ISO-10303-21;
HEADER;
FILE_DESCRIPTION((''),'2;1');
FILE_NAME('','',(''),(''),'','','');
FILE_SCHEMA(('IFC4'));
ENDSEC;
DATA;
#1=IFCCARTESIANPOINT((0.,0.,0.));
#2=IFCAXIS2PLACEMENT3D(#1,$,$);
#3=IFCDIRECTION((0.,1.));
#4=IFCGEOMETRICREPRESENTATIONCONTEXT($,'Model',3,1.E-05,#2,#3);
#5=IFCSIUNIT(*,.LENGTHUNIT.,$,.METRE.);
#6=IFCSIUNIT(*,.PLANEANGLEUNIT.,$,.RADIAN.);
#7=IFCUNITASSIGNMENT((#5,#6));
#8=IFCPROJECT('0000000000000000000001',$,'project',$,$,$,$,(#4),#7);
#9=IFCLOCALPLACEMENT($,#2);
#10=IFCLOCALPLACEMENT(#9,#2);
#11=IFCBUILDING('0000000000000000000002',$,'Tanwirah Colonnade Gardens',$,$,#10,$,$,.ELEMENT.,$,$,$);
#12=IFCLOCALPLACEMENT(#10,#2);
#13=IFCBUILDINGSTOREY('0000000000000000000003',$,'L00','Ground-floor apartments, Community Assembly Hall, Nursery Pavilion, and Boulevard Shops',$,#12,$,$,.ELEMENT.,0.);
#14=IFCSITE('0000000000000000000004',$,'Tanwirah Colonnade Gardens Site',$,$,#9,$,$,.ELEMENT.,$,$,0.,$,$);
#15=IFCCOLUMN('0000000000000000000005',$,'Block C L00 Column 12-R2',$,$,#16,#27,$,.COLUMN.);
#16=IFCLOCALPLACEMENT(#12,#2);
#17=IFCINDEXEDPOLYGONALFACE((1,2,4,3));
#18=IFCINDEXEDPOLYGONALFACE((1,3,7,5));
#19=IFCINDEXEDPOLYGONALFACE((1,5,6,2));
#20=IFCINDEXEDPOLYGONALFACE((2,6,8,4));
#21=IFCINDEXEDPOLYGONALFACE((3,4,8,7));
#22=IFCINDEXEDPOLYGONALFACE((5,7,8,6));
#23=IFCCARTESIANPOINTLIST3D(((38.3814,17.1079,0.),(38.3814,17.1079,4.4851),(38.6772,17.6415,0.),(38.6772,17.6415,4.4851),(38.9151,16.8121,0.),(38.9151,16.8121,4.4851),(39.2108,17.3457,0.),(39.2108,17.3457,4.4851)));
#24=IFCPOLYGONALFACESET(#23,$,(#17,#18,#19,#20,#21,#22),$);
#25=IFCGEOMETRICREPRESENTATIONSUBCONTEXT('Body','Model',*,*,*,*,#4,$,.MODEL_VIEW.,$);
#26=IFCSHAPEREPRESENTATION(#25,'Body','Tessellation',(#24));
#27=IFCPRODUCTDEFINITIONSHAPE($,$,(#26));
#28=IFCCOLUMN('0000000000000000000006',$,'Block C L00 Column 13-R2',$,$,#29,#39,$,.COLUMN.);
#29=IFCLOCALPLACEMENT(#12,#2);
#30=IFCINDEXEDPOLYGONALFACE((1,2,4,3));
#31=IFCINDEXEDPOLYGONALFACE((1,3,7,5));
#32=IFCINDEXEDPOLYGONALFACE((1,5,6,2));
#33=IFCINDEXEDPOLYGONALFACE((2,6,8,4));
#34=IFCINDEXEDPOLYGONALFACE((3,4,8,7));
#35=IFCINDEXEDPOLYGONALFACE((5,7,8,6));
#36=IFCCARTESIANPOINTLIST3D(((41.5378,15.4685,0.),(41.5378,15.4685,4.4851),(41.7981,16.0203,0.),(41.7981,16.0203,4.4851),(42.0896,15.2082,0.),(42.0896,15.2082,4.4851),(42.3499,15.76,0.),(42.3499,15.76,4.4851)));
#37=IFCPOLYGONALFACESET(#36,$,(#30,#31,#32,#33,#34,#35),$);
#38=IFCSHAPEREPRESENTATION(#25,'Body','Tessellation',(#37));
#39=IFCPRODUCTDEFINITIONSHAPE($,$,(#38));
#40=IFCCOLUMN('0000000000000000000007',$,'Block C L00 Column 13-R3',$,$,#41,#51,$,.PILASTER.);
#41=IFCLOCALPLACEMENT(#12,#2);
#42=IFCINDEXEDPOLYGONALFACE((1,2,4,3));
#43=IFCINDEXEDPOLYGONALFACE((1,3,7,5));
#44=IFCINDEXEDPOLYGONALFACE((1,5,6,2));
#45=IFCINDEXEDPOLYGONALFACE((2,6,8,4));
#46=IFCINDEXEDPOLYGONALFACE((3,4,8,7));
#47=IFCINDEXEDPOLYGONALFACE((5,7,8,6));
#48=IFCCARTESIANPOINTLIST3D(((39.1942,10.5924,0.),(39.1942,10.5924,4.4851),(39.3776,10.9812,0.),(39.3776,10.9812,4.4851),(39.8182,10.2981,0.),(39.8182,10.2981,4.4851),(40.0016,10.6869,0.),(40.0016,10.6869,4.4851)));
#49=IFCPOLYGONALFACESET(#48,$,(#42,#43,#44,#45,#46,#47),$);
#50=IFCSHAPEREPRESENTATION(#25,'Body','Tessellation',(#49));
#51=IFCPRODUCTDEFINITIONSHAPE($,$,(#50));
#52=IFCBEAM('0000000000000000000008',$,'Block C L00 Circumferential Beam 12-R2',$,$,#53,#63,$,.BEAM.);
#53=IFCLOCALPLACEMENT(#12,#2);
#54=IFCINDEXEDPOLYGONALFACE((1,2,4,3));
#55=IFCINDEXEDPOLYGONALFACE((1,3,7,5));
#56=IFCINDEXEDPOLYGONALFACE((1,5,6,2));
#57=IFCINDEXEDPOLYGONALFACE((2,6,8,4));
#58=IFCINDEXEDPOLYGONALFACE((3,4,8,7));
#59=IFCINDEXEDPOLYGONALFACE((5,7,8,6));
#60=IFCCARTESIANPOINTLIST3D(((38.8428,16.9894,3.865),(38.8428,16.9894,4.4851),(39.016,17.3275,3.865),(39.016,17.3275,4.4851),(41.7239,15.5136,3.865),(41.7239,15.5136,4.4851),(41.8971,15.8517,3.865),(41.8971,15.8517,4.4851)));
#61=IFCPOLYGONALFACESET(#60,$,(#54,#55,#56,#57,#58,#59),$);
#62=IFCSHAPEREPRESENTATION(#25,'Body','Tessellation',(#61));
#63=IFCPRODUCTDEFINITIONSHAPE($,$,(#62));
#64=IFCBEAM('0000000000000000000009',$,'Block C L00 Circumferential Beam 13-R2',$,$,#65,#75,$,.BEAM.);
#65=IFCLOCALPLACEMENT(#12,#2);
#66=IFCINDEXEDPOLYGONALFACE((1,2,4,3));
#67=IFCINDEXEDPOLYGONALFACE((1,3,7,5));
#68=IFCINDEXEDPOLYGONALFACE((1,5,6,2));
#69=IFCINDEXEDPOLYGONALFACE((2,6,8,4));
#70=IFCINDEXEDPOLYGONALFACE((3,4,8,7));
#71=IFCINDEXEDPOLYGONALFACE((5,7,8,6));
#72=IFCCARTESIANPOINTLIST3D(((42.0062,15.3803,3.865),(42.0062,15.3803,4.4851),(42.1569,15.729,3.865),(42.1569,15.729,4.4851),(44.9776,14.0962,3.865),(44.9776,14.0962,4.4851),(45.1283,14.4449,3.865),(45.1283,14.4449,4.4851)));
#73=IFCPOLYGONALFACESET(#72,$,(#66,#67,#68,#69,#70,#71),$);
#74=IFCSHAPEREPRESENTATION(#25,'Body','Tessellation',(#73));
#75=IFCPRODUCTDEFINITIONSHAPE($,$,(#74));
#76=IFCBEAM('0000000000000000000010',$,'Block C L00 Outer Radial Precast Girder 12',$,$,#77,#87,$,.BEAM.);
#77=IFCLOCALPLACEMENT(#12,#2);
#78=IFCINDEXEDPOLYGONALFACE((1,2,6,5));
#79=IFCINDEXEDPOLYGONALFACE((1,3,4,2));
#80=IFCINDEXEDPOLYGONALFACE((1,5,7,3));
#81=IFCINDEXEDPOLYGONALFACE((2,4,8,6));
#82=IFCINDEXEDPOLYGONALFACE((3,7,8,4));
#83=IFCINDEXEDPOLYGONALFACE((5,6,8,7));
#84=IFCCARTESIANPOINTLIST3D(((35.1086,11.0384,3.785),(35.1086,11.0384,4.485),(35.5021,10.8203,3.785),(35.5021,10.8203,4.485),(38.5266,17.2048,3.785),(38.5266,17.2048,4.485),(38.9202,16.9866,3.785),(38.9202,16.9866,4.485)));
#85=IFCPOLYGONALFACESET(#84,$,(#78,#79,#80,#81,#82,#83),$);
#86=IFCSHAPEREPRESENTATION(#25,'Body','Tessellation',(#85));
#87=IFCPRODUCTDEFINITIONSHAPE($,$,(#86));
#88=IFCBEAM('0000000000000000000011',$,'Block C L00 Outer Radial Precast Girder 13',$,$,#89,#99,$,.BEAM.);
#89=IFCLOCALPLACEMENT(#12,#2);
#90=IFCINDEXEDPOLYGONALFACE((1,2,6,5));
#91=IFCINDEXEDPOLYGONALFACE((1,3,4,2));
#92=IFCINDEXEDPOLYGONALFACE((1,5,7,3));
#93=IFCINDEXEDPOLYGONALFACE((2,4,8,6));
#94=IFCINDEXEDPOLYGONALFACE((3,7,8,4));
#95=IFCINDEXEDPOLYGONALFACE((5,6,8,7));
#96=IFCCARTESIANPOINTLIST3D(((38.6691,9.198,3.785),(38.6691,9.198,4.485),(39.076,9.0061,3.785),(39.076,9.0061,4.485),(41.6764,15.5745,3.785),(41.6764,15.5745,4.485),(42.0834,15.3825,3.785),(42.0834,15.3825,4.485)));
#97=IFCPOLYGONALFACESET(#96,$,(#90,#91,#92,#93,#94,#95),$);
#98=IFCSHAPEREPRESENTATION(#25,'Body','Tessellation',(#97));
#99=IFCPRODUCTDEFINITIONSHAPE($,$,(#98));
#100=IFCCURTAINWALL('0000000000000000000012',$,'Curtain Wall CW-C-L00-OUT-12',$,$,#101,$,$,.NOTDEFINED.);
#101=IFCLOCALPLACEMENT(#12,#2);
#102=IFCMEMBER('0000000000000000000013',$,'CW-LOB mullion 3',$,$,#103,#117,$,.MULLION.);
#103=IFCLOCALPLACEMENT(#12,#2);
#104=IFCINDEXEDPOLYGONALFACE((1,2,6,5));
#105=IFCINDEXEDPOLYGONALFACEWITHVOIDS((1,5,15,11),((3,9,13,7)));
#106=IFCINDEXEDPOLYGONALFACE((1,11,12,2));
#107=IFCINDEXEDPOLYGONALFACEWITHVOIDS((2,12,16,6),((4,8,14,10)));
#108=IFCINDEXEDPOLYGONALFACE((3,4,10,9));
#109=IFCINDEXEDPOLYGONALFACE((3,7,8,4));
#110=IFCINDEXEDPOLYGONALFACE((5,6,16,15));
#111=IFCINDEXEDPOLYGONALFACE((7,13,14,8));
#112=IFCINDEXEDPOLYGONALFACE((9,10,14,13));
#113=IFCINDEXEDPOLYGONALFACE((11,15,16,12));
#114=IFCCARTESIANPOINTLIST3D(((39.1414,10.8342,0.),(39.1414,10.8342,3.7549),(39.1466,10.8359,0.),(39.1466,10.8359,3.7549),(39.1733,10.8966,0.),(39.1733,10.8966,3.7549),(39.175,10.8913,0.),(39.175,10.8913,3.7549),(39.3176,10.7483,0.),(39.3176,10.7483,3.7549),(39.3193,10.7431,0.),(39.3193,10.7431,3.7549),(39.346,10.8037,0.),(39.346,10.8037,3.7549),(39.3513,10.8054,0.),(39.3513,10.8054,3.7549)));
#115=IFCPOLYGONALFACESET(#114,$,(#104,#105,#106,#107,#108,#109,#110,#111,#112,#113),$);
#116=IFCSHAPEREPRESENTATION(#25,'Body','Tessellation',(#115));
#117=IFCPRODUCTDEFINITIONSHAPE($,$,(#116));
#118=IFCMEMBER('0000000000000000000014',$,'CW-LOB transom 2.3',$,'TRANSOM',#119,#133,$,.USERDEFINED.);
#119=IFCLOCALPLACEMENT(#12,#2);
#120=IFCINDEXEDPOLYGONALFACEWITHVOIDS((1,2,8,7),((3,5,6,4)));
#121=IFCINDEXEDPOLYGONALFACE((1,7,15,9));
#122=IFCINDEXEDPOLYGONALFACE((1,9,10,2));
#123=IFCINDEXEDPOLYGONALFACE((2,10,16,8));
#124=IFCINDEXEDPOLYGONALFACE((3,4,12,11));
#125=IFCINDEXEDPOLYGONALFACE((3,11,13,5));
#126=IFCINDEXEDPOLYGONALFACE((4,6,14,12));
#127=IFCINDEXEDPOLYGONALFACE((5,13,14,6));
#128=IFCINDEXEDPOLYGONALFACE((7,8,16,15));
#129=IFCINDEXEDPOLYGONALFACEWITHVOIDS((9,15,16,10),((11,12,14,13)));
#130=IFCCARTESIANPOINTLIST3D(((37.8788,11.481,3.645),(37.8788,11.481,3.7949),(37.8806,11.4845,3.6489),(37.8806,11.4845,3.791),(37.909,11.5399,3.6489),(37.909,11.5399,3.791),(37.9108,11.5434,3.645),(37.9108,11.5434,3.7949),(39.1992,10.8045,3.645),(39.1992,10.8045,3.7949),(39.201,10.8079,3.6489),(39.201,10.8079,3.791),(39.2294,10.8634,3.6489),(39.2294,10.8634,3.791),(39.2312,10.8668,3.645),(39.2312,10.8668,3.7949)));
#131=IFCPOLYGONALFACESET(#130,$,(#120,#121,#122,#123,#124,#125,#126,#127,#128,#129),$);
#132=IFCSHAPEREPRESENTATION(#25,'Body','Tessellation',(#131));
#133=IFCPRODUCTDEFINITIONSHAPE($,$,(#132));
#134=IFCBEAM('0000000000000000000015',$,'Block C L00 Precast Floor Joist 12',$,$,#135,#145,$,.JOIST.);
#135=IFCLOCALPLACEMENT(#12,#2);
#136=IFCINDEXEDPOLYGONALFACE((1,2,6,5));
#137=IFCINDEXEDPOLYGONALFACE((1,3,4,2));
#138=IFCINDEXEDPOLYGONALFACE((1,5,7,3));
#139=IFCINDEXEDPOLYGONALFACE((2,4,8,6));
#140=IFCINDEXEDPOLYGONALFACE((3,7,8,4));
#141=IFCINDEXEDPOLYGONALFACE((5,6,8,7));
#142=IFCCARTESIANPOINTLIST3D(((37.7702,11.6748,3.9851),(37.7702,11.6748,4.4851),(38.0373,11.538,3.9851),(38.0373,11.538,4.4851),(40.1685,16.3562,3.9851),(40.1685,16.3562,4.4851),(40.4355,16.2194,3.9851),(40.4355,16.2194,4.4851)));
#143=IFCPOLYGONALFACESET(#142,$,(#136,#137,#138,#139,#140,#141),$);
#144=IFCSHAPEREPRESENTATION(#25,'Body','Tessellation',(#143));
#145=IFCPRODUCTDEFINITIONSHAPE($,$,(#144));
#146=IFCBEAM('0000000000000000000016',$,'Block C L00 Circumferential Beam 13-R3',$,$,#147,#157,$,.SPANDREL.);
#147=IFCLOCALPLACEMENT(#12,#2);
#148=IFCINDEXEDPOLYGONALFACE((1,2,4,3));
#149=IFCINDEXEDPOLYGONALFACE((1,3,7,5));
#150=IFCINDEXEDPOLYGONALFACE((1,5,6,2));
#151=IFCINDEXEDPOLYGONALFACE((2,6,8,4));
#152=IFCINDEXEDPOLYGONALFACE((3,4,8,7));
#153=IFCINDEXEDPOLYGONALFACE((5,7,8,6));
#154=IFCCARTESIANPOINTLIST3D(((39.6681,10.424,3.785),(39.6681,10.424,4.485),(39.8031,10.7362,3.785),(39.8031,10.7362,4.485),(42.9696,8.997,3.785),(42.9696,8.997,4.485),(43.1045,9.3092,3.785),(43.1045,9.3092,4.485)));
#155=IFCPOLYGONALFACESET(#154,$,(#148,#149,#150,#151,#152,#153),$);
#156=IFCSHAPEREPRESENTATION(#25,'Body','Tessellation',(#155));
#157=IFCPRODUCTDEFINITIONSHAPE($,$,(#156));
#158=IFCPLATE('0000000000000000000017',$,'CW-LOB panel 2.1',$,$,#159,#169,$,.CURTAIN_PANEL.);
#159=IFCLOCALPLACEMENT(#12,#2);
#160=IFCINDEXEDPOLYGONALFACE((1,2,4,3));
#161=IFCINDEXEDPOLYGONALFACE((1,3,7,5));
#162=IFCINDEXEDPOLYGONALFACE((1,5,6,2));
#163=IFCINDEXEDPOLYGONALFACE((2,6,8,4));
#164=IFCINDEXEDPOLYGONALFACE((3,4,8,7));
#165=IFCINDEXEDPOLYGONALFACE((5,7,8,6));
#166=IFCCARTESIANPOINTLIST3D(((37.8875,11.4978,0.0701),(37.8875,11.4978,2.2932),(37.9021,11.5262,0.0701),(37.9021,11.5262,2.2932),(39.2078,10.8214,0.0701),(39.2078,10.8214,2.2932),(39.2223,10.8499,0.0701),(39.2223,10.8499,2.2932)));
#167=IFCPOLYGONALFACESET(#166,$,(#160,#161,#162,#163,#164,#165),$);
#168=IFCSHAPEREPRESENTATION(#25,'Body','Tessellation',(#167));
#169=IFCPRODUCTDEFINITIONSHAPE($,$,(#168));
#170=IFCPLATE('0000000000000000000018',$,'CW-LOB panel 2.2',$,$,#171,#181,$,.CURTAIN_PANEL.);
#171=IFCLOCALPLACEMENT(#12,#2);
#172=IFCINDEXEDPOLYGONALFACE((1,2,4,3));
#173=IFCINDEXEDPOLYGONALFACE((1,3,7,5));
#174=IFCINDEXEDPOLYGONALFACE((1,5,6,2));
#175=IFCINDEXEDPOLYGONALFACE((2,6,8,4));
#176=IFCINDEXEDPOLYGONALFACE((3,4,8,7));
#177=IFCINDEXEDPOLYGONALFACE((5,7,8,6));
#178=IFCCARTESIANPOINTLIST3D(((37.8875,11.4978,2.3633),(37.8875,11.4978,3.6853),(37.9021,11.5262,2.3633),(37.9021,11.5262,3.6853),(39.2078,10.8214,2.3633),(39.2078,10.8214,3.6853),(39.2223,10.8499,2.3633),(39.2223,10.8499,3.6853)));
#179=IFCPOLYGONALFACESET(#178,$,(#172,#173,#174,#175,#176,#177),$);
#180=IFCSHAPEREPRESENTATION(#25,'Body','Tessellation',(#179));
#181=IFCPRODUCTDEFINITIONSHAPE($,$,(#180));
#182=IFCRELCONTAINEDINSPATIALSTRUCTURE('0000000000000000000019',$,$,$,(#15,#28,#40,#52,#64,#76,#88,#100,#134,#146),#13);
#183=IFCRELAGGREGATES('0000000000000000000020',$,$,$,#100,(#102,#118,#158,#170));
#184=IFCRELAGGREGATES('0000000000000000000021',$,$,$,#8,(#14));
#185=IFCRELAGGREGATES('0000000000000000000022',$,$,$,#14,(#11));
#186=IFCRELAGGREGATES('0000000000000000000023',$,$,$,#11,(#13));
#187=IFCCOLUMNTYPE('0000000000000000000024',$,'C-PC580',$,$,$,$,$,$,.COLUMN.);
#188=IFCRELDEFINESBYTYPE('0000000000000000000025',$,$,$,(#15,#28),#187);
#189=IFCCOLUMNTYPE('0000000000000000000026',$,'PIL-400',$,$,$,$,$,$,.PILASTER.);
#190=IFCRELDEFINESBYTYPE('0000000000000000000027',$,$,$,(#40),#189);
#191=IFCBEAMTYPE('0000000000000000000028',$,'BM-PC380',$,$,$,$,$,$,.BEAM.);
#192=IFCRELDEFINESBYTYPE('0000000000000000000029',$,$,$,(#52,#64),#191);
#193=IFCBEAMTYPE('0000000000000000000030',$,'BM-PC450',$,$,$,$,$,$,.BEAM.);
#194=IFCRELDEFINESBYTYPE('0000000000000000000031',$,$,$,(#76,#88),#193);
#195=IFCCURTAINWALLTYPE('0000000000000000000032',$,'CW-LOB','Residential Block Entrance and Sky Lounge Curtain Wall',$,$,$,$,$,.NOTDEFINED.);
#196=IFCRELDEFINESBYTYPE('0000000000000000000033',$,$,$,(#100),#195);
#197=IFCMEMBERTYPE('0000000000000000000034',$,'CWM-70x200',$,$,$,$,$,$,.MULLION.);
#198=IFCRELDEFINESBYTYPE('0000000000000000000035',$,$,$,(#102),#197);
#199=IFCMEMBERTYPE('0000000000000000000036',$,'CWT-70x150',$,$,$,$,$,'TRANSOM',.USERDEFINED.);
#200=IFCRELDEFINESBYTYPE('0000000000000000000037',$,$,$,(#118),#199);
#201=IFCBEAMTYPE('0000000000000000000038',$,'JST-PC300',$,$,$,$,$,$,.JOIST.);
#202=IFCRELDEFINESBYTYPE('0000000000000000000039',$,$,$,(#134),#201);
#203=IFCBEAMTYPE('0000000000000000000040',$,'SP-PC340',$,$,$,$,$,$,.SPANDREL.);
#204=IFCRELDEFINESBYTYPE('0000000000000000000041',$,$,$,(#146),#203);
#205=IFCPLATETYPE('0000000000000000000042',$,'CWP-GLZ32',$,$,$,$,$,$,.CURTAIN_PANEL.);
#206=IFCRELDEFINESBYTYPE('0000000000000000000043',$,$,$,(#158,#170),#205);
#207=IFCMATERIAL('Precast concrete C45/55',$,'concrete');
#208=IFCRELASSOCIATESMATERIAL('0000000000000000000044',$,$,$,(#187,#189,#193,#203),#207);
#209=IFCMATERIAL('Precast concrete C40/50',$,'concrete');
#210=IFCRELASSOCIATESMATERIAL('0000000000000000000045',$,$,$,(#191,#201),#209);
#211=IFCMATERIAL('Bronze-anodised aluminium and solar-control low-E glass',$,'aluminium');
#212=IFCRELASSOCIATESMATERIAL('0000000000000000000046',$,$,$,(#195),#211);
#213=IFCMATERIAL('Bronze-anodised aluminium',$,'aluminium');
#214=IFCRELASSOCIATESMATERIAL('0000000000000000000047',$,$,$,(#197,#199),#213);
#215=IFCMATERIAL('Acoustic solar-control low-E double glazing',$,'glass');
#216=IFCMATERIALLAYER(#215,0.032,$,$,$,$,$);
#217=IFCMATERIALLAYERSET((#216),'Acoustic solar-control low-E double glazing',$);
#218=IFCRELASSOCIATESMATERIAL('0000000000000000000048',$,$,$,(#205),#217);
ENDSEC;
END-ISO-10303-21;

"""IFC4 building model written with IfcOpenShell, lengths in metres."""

from ifc_helpers import new_model, si_unit, direction, frame, origin, origin_2d, place, context, subcontext, project, spatial, rectangle, hollow_rectangle, extrude, material, layer, layer_set, material_profile, profile_set, type_object, element, aggregate, save


model = new_model("IFC4")

# Units and contexts
model_context = context("Model", 3, precision=1e-05, world=origin(), true_north=direction((0.0, 1.0)))
body_context = subcontext(model_context, "Body", "Model", "MODEL_VIEW")
ifc_project = project(units=[si_unit("LENGTHUNIT", "METRE"), si_unit("PLANEANGLEUNIT", "RADIAN")], contexts=[model_context])

# Site, building, storey
site_placement = place(None, origin())
site = spatial("IfcSite", under=ifc_project, at=site_placement, Name="Tanwirah Colonnade Gardens Site", CompositionType="ELEMENT", RefElevation=0.0)
building_placement = place(site_placement, origin())
building = spatial("IfcBuilding", under=site, at=building_placement, Name="Tanwirah Colonnade Gardens", CompositionType="ELEMENT")
storey_placement = place(building_placement, origin())
storey = spatial("IfcBuildingStorey", under=building, at=storey_placement, Name="L00", Description="Ground-floor apartments, Community Assembly Hall, Nursery Pavilion, and Boulevard Shops", CompositionType="ELEMENT", Elevation=0.0)

# Columns
ifc_material_1 = material(Name="Precast concrete C45/55", Category="concrete")
ifc_material_profile_1 = material_profile(ifc_material_1, rectangle(XDim=0.6101, YDim=0.6101, at=origin_2d()), Name="PC-COL 610x610")
ifc_profile_set_1 = profile_set([ifc_material_profile_1], Name="Precast concrete C45/55")
column_type_1 = type_object("IfcColumnType", Name="C-PC580", PredefinedType="COLUMN", material=ifc_profile_set_1)
for number, where, z_axis, x_axis, name in (
    (1, (38.7961, 17.2268, 0.0), (0.0, 0.0, 1.0), (-0.48481, -0.87462, 0.0), "Block C L00 Column 12-R2"),
    (2, (41.9438, 15.6143, 0.0), (0.0, 0.0, 1.0), (-0.426569, -0.904455, 0.0), "Block C L00 Column 13-R2"),
):
    element("IfcColumn", number, at=place(storey_placement, frame(where, z_axis=z_axis, x_axis=x_axis)), inside=storey, type_object=column_type_1, Name=name, PredefinedType="COLUMN", context=body_context, shape_type="SweptSolid", body=[
        extrude(rectangle(XDim=0.6101, YDim=0.6101, at=origin_2d()), origin(), (0.0, 0.0, 1.0), 4.4851),
    ])
ifc_material_profile_2 = material_profile(ifc_material_1, rectangle(XDim=0.4299, YDim=0.6899, at=origin_2d()), Name="PC-PIL 430x690")
ifc_profile_set_2 = profile_set([ifc_material_profile_2], Name="Precast concrete C45/55")
column_type_2 = type_object("IfcColumnType", Name="PIL-400", PredefinedType="PILASTER", material=ifc_profile_set_2)
column_placement = place(storey_placement, frame((39.5979, 10.6396, 0.0), z_axis=(0.0, 0.0, 1.0), x_axis=(-0.426569, -0.904455, 0.0)))
element("IfcColumn", 3, at=column_placement, inside=storey, type_object=column_type_2, Name="Block C L00 Column 13-R3", PredefinedType="PILASTER", context=body_context, shape_type="SweptSolid", body=[
    extrude(rectangle(XDim=0.4299, YDim=0.6899, at=origin_2d()), origin(), (0.0, 0.0, 1.0), 4.4851),
])

# Beams
ifc_material_2 = material(Name="Precast concrete C40/50", Category="concrete")
ifc_material_profile_3 = material_profile(ifc_material_2, rectangle(XDim=0.3799, YDim=0.6201, at=origin_2d()), Name="PC-BM 380x620")
ifc_profile_set_3 = profile_set([ifc_material_profile_3], Name="Precast concrete C40/50")
beam_type_1 = type_object("IfcBeamType", Name="BM-PC380", PredefinedType="BEAM", material=ifc_profile_set_3)
for number, where, z_axis, x_axis, name in (
    (4, (38.9294, 17.1584, 4.175), (0.890025, -0.455911, 0.0), (0.455911, 0.890025, 0.0), "Block C L00 Circumferential Beam 12-R2"),
    (5, (42.0815, 15.5547, 4.175), (0.917943, -0.396712, 0.0), (0.396712, 0.917943, 0.0), "Block C L00 Circumferential Beam 13-R2"),
):
    element("IfcBeam", number, at=place(storey_placement, frame(where, z_axis=z_axis, x_axis=x_axis)), inside=storey, type_object=beam_type_1, Name=name, PredefinedType="BEAM", context=body_context, shape_type="SweptSolid", body=[
        extrude(rectangle(XDim=0.3799, YDim=0.6201, at=origin_2d()), origin(), (0.0, 0.0, 1.0), 3.2371),
    ])
ifc_material_profile_4 = material_profile(ifc_material_1, rectangle(XDim=0.45, YDim=0.7, at=origin_2d()), Name="PC-BM 450x700")
ifc_profile_set_4 = profile_set([ifc_material_profile_4], Name="Precast concrete C45/55")
beam_type_2 = type_object("IfcBeamType", Name="BM-PC450", PredefinedType="BEAM", material=ifc_profile_set_4)
beam_1_placement = place(storey_placement, frame((38.7234, 17.0957, 4.135), z_axis=(-0.484805, -0.874622, 0.0), x_axis=(0.874622, -0.484805, 0.0)))
element("IfcBeam", 6, at=beam_1_placement, inside=storey, type_object=beam_type_2, Name="Block C L00 Outer Radial Precast Girder 12", PredefinedType="BEAM", context=body_context, shape_type="SweptSolid", body=[
    extrude(rectangle(XDim=0.45, YDim=0.7, at=origin_2d()), origin(), (0.0, 0.0, 1.0), 7.0503),
])
beam_2_placement = place(storey_placement, frame((41.8799, 15.4785, 4.135), z_axis=(-0.426567, -0.904456, 0.0), x_axis=(0.904456, -0.426567, 0.0)))
element("IfcBeam", 7, at=beam_2_placement, inside=storey, type_object=beam_type_2, Name="Block C L00 Outer Radial Precast Girder 13", PredefinedType="BEAM", context=body_context, shape_type="SweptSolid", body=[
    extrude(rectangle(XDim=0.45, YDim=0.7, at=origin_2d()), origin(), (0.0, 0.0, 1.0), 7.05),
])

# Curtain wall, members
ifc_material_3 = material(Name="Bronze-anodised aluminium and solar-control low-E glass", Category="aluminium")
curtain_wall_type = type_object("IfcCurtainWallType", Name="CW-LOB", Description="Residential Block Entrance and Sky Lounge Curtain Wall", PredefinedType="NOTDEFINED", material=ifc_material_3)
curtain_wall_placement = place(storey_placement, origin())
curtain_wall = element("IfcCurtainWall", 8, at=curtain_wall_placement, inside=storey, type_object=curtain_wall_type, Name="Curtain Wall CW-C-L00-OUT-12", PredefinedType="NOTDEFINED")
ifc_material_4 = material(Name="Bronze-anodised aluminium", Category="aluminium")
ifc_material_profile_5 = material_profile(ifc_material_4, hollow_rectangle(XDim=0.0701, YDim=0.2, WallThickness=0.0039, at=origin_2d()), Name="CW-MUL 70x200x4")
ifc_profile_set_5 = profile_set([ifc_material_profile_5], Name="Bronze-anodised aluminium")
member_type_1 = type_object("IfcMemberType", Name="CWM-70x200", PredefinedType="MULLION", material=ifc_profile_set_5)
member_1_placement = place(storey_placement, frame((39.2463, 10.8198, 0.0), z_axis=(0.0, 0.0, 1.0), x_axis=(0.455933, 0.890014, 0.0)))
member_1 = element("IfcMember", 9, at=member_1_placement, type_object=member_type_1, Name="CW-LOB mullion 3", PredefinedType="MULLION", context=body_context, shape_type="SweptSolid", body=[
    extrude(hollow_rectangle(XDim=0.0701, YDim=0.2, WallThickness=0.0039, at=origin_2d()), origin(), (0.0, 0.0, 1.0), 3.7549),
])
ifc_material_profile_6 = material_profile(ifc_material_4, hollow_rectangle(XDim=0.0701, YDim=0.1499, WallThickness=0.0039, at=origin_2d()), Name="CW-TRN 70x150x4")
ifc_profile_set_6 = profile_set([ifc_material_profile_6], Name="Bronze-anodised aluminium")
member_type_2 = type_object("IfcMemberType", Name="CWT-70x150", ElementType="TRANSOM", PredefinedType="USERDEFINED", material=ifc_profile_set_6)
member_2_placement = place(storey_placement, frame((37.8948, 11.5122, 3.72), z_axis=(0.889973, -0.456013, 0.0), x_axis=(0.456013, 0.889973, 0.0)))
member_2 = element("IfcMember", 10, at=member_2_placement, type_object=member_type_2, Name="CW-LOB transom 2.3", ObjectType="TRANSOM", PredefinedType="USERDEFINED", context=body_context, shape_type="SweptSolid", body=[
    extrude(hollow_rectangle(XDim=0.0701, YDim=0.1499, WallThickness=0.0039, at=origin_2d()), origin(), (0.0, 0.0, 1.0), 1.4836),
])

# Beams
ifc_material_profile_7 = material_profile(ifc_material_2, rectangle(XDim=0.3, YDim=0.5, at=origin_2d()), Name="PC-JST 300x500")
ifc_profile_set_7 = profile_set([ifc_material_profile_7], Name="Precast concrete C40/50")
beam_type_3 = type_object("IfcBeamType", Name="JST-PC300", PredefinedType="JOIST", material=ifc_profile_set_7)
beam_3_placement = place(storey_placement, frame((40.302, 16.2878, 4.2351), z_axis=(-0.455937, -0.890012, 0.0), x_axis=(0.890012, -0.455937, 0.0)))
element("IfcBeam", 11, at=beam_3_placement, inside=storey, type_object=beam_type_3, Name="Block C L00 Precast Floor Joist 12", PredefinedType="JOIST", context=body_context, shape_type="SweptSolid", body=[
    extrude(rectangle(XDim=0.3, YDim=0.5, at=origin_2d()), origin(), (0.0, 0.0, 1.0), 5.26),
])
ifc_material_profile_8 = material_profile(ifc_material_1, rectangle(XDim=0.3401, YDim=0.7, at=origin_2d()), Name="PC-SP 340x700")
ifc_profile_set_8 = profile_set([ifc_material_profile_8], Name="Precast concrete C45/55")
beam_type_4 = type_object("IfcBeamType", Name="SP-PC340", PredefinedType="SPANDREL", material=ifc_profile_set_8)
beam_4_placement = place(storey_placement, frame((39.7356, 10.5801, 4.135), z_axis=(0.917926, -0.396752, 0.0), x_axis=(0.396752, 0.917926, 0.0)))
element("IfcBeam", 12, at=beam_4_placement, inside=storey, type_object=beam_type_4, Name="Block C L00 Circumferential Beam 13-R3", PredefinedType="SPANDREL", context=body_context, shape_type="SweptSolid", body=[
    extrude(rectangle(XDim=0.3401, YDim=0.7, at=origin_2d()), origin(), (0.0, 0.0, 1.0), 3.5967),
])

# Plates
ifc_material_5 = material(Name="Acoustic solar-control low-E double glazing", Category="glass")
ifc_layer_1 = layer(ifc_material_5, 0.032)
ifc_layer_set_1 = layer_set([ifc_layer_1], Name="Acoustic solar-control low-E double glazing")
plate_type = type_object("IfcPlateType", Name="CWP-GLZ32", PredefinedType="CURTAIN_PANEL", material=ifc_layer_set_1)
plate_1_placement = place(storey_placement, frame((38.5549, 11.1738, 0.0701), z_axis=(0.0, 0.0, 1.0), x_axis=(0.890014, -0.455933, 0.0)))
plate_1 = element("IfcPlate", 13, at=plate_1_placement, type_object=plate_type, Name="CW-LOB panel 2.1", PredefinedType="CURTAIN_PANEL", context=body_context, shape_type="SweptSolid", body=[
    extrude(rectangle(XDim=1.4834, YDim=0.032, at=origin_2d()), origin(), (0.0, 0.0, 1.0), 2.2231),
])
plate_2_placement = place(storey_placement, frame((38.5549, 11.1738, 2.3633), z_axis=(0.0, 0.0, 1.0), x_axis=(0.890014, -0.455933, 0.0)))
plate_2 = element("IfcPlate", 14, at=plate_2_placement, type_object=plate_type, Name="CW-LOB panel 2.2", PredefinedType="CURTAIN_PANEL", context=body_context, shape_type="SweptSolid", body=[
    extrude(rectangle(XDim=1.4834, YDim=0.032, at=origin_2d()), origin(), (0.0, 0.0, 1.0), 1.322),
])
aggregate(curtain_wall, [member_1, member_2, plate_1, plate_2])

save(model, "model.ifc")
